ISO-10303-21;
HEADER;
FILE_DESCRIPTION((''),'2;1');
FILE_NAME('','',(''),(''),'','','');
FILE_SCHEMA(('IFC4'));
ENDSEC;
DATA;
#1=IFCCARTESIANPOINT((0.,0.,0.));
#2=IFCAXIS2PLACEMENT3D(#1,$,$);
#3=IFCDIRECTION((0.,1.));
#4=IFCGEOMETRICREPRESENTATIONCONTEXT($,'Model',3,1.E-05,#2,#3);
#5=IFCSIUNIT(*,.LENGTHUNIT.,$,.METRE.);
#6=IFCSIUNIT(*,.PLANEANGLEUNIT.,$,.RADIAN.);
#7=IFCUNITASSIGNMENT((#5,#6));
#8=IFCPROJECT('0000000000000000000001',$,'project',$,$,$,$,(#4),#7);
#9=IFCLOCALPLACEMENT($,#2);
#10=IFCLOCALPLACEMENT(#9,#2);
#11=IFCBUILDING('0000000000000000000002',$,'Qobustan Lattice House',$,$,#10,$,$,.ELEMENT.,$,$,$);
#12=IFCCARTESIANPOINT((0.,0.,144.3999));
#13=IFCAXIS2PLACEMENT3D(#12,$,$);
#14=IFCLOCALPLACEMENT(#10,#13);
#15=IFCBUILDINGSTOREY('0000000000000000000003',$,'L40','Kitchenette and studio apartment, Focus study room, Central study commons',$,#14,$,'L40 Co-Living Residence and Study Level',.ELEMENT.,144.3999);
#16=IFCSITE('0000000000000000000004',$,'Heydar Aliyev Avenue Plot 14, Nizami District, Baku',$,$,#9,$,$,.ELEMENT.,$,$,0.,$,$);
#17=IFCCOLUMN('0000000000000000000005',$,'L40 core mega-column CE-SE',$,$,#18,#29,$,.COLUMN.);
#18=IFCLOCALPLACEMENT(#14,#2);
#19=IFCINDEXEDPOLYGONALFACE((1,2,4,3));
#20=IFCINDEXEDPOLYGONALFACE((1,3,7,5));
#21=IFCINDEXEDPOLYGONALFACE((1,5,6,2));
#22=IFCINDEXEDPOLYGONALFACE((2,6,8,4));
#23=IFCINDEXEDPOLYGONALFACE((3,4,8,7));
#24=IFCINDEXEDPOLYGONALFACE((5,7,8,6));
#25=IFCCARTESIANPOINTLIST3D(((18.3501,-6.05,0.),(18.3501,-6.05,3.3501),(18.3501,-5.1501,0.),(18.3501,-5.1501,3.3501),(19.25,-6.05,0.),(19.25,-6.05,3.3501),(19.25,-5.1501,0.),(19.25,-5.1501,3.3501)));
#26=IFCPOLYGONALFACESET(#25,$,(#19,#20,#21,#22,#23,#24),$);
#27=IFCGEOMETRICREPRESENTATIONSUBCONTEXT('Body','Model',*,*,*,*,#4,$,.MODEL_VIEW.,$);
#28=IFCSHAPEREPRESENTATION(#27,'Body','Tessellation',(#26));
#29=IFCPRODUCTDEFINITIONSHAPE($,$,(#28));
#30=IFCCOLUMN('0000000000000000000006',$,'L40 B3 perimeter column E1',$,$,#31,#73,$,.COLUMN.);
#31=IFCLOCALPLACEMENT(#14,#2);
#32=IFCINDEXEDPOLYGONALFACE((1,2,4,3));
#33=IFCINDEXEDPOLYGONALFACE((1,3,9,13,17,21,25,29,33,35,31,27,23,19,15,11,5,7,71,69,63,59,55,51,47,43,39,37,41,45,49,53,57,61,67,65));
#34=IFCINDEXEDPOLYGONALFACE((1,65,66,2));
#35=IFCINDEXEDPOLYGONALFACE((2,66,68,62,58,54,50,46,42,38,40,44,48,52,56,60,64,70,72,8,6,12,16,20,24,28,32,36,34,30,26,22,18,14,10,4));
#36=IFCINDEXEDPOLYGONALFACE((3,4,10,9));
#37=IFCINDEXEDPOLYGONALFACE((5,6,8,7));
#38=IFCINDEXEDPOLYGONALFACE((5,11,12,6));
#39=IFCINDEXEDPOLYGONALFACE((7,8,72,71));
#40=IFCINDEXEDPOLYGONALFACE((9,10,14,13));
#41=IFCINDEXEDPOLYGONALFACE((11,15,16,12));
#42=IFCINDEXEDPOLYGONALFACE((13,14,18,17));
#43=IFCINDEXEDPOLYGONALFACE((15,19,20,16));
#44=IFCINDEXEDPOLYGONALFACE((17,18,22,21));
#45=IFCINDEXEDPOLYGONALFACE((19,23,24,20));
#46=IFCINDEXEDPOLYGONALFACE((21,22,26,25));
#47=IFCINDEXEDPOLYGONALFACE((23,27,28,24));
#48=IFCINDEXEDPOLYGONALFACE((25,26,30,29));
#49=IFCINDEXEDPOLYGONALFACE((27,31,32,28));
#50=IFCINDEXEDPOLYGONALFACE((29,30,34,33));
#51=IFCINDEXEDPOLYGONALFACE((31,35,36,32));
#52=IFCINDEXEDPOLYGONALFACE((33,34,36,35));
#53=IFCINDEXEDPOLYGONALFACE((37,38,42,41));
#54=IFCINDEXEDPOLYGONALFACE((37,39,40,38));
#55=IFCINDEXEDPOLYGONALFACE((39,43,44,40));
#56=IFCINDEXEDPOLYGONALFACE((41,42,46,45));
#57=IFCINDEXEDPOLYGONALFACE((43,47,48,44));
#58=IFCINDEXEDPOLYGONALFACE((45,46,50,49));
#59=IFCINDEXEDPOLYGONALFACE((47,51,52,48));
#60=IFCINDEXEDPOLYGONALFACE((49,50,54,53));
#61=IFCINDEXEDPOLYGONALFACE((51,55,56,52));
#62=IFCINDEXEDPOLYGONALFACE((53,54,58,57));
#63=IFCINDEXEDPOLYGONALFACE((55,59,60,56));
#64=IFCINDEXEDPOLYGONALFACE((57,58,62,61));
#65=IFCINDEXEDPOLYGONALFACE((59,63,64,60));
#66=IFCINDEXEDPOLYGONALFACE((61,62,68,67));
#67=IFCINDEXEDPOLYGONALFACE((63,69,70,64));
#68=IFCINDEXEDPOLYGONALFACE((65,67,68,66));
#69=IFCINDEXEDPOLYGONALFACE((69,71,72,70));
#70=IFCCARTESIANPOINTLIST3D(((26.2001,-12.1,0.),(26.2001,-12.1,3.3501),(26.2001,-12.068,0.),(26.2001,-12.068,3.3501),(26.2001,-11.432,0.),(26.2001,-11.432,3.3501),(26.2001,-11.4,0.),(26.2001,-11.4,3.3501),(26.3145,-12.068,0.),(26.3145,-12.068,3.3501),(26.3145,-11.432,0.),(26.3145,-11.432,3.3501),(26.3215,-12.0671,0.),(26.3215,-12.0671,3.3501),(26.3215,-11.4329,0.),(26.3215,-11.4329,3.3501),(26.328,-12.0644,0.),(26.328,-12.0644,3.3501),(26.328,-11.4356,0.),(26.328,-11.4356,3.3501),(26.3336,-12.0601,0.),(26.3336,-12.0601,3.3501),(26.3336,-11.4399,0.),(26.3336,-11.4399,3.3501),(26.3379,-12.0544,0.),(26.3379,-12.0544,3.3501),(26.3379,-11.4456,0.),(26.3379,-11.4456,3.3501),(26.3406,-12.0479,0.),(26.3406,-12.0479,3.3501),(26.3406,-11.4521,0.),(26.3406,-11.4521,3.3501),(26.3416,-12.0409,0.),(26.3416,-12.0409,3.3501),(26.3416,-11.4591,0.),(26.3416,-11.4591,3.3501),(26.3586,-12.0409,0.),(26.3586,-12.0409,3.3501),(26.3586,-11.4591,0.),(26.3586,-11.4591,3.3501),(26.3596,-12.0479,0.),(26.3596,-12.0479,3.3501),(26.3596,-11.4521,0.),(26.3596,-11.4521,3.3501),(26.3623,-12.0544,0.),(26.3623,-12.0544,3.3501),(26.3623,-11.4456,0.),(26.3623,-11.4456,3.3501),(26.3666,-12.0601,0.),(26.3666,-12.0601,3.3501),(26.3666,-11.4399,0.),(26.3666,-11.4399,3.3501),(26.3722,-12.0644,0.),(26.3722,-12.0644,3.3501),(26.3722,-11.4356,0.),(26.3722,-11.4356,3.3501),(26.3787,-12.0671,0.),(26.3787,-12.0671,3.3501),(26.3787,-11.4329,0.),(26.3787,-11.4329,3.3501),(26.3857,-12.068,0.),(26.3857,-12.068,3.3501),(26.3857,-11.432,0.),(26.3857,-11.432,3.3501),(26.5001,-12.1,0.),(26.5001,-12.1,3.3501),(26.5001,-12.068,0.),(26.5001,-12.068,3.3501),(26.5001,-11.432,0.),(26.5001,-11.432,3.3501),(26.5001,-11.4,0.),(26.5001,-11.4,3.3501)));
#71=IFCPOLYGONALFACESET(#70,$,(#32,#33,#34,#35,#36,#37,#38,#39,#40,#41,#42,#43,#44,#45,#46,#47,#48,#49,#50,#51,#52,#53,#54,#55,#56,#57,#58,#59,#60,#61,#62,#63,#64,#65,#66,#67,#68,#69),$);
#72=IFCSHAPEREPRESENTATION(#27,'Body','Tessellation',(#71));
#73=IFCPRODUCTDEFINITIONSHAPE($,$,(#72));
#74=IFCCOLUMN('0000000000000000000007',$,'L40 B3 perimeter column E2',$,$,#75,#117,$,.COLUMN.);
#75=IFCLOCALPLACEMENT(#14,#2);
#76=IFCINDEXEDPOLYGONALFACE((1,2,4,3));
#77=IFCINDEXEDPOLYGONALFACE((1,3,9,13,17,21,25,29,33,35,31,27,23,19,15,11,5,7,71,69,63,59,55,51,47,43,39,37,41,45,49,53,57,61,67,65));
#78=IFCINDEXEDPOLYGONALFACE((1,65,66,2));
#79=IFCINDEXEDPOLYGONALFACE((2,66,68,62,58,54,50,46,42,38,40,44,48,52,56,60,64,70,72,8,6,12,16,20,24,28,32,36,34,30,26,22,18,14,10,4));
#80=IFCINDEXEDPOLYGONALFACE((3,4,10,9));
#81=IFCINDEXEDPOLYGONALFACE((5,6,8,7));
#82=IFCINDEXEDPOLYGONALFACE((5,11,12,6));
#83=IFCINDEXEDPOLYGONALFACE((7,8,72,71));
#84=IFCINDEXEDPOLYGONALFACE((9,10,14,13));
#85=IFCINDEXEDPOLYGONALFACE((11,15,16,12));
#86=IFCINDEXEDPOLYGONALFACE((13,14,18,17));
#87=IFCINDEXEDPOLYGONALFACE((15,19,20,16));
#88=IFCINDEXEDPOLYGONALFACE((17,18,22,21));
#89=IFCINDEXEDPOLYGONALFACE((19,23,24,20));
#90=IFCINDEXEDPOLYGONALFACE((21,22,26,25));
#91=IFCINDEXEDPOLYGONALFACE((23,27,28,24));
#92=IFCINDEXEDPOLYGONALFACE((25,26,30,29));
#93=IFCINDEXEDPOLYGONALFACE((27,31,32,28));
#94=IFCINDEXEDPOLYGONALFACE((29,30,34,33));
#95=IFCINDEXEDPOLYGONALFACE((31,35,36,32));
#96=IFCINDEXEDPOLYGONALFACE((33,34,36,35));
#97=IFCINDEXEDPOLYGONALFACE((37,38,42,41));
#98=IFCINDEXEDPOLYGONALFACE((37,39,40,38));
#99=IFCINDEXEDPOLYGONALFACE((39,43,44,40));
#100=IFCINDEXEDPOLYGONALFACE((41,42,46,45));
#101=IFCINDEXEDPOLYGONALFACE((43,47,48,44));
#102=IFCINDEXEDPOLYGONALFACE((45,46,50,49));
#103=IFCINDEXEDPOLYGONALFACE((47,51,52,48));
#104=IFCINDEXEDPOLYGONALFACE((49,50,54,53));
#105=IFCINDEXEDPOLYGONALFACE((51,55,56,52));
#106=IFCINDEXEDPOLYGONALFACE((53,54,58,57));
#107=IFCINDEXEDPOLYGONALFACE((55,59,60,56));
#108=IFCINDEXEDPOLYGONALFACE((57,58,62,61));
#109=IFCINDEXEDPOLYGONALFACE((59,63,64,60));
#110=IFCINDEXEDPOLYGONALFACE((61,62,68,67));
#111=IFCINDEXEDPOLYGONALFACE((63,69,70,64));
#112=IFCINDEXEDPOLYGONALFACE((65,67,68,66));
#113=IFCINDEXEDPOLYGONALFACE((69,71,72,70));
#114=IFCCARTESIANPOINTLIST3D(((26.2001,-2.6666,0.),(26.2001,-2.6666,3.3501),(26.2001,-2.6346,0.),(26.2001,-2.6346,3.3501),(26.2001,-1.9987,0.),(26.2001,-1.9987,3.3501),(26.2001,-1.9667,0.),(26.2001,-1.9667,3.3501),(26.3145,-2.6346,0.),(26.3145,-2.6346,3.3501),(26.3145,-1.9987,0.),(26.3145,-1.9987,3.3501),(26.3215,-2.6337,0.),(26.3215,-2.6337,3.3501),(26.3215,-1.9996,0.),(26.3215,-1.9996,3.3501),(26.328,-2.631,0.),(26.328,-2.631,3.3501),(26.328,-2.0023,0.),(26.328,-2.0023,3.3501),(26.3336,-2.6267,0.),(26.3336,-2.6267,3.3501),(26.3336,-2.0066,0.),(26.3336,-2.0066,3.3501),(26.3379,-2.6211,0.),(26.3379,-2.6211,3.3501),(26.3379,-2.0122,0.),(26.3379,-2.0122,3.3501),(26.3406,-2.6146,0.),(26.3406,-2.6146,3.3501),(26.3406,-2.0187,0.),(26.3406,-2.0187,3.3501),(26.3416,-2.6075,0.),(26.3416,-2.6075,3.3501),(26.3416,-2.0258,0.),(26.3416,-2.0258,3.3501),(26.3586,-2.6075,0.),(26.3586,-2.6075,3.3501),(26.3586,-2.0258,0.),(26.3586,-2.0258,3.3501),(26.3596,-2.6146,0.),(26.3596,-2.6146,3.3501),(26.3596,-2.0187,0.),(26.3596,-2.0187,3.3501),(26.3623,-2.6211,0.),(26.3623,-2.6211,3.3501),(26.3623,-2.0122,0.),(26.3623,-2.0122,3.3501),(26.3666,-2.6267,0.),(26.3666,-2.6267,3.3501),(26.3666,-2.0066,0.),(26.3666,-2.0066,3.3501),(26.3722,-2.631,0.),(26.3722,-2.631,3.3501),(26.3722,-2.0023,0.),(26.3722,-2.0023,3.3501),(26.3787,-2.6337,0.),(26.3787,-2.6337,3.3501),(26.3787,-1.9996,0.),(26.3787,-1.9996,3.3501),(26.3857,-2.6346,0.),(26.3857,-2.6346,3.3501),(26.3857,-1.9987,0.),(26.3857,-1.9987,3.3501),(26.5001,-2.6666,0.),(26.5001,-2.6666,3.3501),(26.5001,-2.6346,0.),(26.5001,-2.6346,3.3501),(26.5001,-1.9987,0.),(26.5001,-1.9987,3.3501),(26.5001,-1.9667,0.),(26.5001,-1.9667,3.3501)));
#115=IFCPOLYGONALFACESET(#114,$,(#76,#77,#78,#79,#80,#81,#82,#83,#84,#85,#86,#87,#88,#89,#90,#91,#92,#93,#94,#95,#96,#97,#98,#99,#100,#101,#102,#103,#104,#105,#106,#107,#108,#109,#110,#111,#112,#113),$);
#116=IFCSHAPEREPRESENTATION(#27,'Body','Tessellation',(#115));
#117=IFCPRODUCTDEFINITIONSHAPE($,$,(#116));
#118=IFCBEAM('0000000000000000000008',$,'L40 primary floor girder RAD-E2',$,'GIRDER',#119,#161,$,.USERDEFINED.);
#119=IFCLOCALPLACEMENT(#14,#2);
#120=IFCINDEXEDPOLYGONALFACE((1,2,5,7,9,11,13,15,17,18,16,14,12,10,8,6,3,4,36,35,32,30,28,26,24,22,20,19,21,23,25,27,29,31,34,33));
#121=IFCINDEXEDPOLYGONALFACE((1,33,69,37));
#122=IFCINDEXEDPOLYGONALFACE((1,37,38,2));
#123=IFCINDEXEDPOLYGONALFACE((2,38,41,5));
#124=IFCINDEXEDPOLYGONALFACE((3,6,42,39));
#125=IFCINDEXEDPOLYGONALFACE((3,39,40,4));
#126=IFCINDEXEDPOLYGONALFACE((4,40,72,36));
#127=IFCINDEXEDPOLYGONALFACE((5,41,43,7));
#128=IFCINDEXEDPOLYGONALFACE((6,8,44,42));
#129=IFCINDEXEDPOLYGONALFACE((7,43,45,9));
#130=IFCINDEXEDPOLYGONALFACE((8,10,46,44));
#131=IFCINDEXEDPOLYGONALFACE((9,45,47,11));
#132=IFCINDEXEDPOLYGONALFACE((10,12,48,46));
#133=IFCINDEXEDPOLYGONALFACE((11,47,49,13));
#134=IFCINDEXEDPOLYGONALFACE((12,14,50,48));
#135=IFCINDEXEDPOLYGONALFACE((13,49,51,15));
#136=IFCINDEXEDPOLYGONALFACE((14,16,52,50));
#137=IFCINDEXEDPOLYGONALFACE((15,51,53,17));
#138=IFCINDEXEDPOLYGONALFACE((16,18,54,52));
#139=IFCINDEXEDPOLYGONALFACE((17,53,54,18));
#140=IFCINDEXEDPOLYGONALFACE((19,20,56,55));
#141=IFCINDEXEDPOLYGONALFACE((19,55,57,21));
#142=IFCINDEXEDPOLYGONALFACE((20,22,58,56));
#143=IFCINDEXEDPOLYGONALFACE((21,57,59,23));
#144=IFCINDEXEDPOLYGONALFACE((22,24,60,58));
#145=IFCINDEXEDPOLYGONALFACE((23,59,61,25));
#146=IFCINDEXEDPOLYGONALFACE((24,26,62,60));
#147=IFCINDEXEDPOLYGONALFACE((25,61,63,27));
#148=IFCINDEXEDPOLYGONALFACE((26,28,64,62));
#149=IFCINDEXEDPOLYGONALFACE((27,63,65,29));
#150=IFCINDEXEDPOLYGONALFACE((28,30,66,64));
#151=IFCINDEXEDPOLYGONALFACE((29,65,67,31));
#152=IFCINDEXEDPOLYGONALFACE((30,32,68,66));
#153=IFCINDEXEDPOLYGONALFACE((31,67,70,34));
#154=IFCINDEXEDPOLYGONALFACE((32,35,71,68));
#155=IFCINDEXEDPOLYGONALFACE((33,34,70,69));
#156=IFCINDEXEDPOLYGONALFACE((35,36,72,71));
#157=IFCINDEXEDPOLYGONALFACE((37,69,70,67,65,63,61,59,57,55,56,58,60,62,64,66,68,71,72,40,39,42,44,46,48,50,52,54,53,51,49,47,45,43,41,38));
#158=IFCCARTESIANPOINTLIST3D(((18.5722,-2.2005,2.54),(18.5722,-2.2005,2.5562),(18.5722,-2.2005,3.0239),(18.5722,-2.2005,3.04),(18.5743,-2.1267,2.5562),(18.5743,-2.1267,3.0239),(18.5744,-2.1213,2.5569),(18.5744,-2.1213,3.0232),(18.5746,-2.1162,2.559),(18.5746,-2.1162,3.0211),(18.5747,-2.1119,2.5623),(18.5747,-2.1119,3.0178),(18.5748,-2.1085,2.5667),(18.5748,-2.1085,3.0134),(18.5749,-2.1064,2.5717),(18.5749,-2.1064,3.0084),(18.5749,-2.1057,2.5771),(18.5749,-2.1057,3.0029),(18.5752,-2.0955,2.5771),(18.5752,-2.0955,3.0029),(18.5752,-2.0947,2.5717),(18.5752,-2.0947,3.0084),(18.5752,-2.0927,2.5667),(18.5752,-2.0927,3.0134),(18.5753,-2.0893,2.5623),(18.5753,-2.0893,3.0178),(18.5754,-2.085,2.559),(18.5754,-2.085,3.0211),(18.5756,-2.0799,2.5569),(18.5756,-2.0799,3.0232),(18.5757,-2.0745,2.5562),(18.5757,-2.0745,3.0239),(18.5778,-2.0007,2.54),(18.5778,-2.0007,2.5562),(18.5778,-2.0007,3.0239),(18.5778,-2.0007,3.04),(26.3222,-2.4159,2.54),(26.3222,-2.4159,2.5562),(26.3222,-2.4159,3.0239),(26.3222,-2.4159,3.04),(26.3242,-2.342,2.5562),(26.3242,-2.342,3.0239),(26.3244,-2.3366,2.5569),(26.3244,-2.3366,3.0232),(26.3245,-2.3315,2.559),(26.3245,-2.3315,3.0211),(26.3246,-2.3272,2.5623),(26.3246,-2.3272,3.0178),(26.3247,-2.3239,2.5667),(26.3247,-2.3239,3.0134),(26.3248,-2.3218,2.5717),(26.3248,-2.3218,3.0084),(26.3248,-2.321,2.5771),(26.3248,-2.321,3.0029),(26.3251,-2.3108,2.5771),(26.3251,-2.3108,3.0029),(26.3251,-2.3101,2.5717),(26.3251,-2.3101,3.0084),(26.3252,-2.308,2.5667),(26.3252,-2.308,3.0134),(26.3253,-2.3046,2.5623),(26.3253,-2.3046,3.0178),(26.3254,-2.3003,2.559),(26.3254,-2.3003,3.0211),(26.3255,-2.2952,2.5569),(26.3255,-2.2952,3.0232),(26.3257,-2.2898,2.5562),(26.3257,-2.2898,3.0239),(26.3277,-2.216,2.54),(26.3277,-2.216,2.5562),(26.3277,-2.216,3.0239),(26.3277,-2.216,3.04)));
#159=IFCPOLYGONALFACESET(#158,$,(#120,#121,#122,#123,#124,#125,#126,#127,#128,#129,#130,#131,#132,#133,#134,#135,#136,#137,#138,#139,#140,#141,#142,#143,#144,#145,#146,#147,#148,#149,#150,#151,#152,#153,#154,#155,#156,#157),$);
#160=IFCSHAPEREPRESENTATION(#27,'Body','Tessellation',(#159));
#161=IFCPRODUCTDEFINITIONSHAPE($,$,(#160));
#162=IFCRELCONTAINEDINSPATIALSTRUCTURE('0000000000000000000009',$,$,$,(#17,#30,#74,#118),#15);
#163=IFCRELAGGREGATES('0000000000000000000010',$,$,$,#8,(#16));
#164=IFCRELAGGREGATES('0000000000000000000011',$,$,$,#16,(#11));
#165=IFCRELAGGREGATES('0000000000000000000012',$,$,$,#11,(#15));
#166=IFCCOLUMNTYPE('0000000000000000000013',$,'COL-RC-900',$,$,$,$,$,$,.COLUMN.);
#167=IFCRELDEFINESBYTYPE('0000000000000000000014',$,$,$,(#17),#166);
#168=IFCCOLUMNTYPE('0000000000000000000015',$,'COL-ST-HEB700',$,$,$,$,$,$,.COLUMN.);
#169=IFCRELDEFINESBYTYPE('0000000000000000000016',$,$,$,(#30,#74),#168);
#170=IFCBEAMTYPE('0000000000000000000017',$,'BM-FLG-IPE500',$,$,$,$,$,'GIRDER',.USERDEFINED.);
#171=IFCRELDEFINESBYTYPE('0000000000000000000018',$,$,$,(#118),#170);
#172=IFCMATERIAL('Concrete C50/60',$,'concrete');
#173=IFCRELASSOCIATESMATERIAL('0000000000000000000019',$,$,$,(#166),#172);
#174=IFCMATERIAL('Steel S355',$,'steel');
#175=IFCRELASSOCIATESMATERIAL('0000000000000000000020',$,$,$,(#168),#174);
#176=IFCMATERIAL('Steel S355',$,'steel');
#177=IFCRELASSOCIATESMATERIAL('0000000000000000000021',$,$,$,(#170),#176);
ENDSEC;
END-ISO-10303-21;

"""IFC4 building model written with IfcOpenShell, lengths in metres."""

from ifc_helpers import new_model, si_unit, direction, frame, origin, origin_2d, place, context, subcontext, project, spatial, rectangle, i_section, extrude, material, material_profile, profile_set, type_object, element, save


model = new_model("IFC4")

# Units and contexts
model_context = context("Model", 3, precision=1e-05, world=origin(), true_north=direction((0.0, 1.0)))
body_context = subcontext(model_context, "Body", "Model", "MODEL_VIEW")
ifc_project = project(units=[si_unit("LENGTHUNIT", "METRE"), si_unit("PLANEANGLEUNIT", "RADIAN")], contexts=[model_context])

# Site, building, storey
site_placement = place(None, origin())
site = spatial("IfcSite", under=ifc_project, at=site_placement, Name="Heydar Aliyev Avenue Plot 14, Nizami District, Baku", CompositionType="ELEMENT", RefElevation=0.0)
building_placement = place(site_placement, origin())
building = spatial("IfcBuilding", under=site, at=building_placement, Name="Qobustan Lattice House", CompositionType="ELEMENT")
storey_placement = place(building_placement, frame((0.0, 0.0, 144.3999)))
storey = spatial("IfcBuildingStorey", under=building, at=storey_placement, Name="L40", Description="Kitchenette and studio apartment, Focus study room, Central study commons", LongName="L40 Co-Living Residence and Study Level", CompositionType="ELEMENT", Elevation=144.3999)

# Columns
ifc_material_1 = material(Name="Concrete C50/60", Category="concrete")
ifc_material_profile_1 = material_profile(ifc_material_1, rectangle(XDim=0.8999, YDim=0.8999, at=origin_2d()), Name="RC900x900")
ifc_profile_set_1 = profile_set([ifc_material_profile_1], Name="Concrete C50/60")
column_type_1 = type_object("IfcColumnType", Name="COL-RC-900", PredefinedType="COLUMN", material=ifc_profile_set_1)
column_placement = place(storey_placement, frame((18.8, -5.6001, 0.0), z_axis=(0.0, 0.0, 1.0), x_axis=(1.0, 0.0, 0.0)))
element("IfcColumn", 1, at=column_placement, inside=storey, type_object=column_type_1, Name="L40 core mega-column CE-SE", PredefinedType="COLUMN", context=body_context, shape_type="SweptSolid", body=[
    extrude(rectangle(XDim=0.8999, YDim=0.8999, at=origin_2d()), origin(), (0.0, 0.0, 1.0), 3.3501),
])
ifc_material_2 = material(Name="Steel S355", Category="steel")
ifc_material_profile_2 = material_profile(ifc_material_2, i_section(OverallWidth=0.3, OverallDepth=0.7, WebThickness=0.0171, FlangeThickness=0.032, FilletRadius=0.0271, at=origin_2d()), Name="HEB700")
ifc_profile_set_2 = profile_set([ifc_material_profile_2], Name="Steel S355")
column_type_2 = type_object("IfcColumnType", Name="COL-ST-HEB700", PredefinedType="COLUMN", material=ifc_profile_set_2)
for number, where, z_axis, x_axis, name in (
    (2, (26.3501, -11.75, 0.0), (0.0, 0.0, 1.0), (1.0, 0.0, 0.0), "L40 B3 perimeter column E1"),
    (3, (26.3501, -2.3167, 0.0), (0.0, 0.0, 1.0), (1.0, 0.0, 0.0), "L40 B3 perimeter column E2"),
):
    element("IfcColumn", number, at=place(storey_placement, frame(where, z_axis=z_axis, x_axis=x_axis)), inside=storey, type_object=column_type_2, Name=name, PredefinedType="COLUMN", context=body_context, shape_type="SweptSolid", body=[
        extrude(i_section(OverallWidth=0.3, OverallDepth=0.7, WebThickness=0.0171, FlangeThickness=0.032, FilletRadius=0.0271, at=origin_2d()), origin(), (0.0, 0.0, 1.0), 3.3501),
    ])

# Beam
ifc_material_3 = material(Name="Steel S355", Category="steel")
ifc_material_profile_3 = material_profile(ifc_material_3, i_section(OverallWidth=0.2, OverallDepth=0.5, WebThickness=0.0103, FlangeThickness=0.0161, FilletRadius=0.021, at=origin_2d()), Name="IPE500")
ifc_profile_set_3 = profile_set([ifc_material_profile_3], Name="Steel S355")
beam_type_1 = type_object("IfcBeamType", Name="BM-FLG-IPE500", ElementType="GIRDER", PredefinedType="USERDEFINED", material=ifc_profile_set_3)
beam_1_placement = place(storey_placement, frame((26.325, -2.3159, 2.79), z_axis=(-0.999614, 0.027774, 0.0), x_axis=(-0.027774, -0.999614, 0.0)))
element("IfcBeam", 4, at=beam_1_placement, inside=storey, type_object=beam_type_1, Name="L40 primary floor girder RAD-E2", ObjectType="GIRDER", PredefinedType="USERDEFINED", context=body_context, shape_type="SweptSolid", body=[
    extrude(i_section(OverallWidth=0.2, OverallDepth=0.5, WebThickness=0.0103, FlangeThickness=0.0161, FilletRadius=0.021, at=origin_2d()), origin(), (0.0, 0.0, 1.0), 7.7529),
])

save(model, "model.ifc")
